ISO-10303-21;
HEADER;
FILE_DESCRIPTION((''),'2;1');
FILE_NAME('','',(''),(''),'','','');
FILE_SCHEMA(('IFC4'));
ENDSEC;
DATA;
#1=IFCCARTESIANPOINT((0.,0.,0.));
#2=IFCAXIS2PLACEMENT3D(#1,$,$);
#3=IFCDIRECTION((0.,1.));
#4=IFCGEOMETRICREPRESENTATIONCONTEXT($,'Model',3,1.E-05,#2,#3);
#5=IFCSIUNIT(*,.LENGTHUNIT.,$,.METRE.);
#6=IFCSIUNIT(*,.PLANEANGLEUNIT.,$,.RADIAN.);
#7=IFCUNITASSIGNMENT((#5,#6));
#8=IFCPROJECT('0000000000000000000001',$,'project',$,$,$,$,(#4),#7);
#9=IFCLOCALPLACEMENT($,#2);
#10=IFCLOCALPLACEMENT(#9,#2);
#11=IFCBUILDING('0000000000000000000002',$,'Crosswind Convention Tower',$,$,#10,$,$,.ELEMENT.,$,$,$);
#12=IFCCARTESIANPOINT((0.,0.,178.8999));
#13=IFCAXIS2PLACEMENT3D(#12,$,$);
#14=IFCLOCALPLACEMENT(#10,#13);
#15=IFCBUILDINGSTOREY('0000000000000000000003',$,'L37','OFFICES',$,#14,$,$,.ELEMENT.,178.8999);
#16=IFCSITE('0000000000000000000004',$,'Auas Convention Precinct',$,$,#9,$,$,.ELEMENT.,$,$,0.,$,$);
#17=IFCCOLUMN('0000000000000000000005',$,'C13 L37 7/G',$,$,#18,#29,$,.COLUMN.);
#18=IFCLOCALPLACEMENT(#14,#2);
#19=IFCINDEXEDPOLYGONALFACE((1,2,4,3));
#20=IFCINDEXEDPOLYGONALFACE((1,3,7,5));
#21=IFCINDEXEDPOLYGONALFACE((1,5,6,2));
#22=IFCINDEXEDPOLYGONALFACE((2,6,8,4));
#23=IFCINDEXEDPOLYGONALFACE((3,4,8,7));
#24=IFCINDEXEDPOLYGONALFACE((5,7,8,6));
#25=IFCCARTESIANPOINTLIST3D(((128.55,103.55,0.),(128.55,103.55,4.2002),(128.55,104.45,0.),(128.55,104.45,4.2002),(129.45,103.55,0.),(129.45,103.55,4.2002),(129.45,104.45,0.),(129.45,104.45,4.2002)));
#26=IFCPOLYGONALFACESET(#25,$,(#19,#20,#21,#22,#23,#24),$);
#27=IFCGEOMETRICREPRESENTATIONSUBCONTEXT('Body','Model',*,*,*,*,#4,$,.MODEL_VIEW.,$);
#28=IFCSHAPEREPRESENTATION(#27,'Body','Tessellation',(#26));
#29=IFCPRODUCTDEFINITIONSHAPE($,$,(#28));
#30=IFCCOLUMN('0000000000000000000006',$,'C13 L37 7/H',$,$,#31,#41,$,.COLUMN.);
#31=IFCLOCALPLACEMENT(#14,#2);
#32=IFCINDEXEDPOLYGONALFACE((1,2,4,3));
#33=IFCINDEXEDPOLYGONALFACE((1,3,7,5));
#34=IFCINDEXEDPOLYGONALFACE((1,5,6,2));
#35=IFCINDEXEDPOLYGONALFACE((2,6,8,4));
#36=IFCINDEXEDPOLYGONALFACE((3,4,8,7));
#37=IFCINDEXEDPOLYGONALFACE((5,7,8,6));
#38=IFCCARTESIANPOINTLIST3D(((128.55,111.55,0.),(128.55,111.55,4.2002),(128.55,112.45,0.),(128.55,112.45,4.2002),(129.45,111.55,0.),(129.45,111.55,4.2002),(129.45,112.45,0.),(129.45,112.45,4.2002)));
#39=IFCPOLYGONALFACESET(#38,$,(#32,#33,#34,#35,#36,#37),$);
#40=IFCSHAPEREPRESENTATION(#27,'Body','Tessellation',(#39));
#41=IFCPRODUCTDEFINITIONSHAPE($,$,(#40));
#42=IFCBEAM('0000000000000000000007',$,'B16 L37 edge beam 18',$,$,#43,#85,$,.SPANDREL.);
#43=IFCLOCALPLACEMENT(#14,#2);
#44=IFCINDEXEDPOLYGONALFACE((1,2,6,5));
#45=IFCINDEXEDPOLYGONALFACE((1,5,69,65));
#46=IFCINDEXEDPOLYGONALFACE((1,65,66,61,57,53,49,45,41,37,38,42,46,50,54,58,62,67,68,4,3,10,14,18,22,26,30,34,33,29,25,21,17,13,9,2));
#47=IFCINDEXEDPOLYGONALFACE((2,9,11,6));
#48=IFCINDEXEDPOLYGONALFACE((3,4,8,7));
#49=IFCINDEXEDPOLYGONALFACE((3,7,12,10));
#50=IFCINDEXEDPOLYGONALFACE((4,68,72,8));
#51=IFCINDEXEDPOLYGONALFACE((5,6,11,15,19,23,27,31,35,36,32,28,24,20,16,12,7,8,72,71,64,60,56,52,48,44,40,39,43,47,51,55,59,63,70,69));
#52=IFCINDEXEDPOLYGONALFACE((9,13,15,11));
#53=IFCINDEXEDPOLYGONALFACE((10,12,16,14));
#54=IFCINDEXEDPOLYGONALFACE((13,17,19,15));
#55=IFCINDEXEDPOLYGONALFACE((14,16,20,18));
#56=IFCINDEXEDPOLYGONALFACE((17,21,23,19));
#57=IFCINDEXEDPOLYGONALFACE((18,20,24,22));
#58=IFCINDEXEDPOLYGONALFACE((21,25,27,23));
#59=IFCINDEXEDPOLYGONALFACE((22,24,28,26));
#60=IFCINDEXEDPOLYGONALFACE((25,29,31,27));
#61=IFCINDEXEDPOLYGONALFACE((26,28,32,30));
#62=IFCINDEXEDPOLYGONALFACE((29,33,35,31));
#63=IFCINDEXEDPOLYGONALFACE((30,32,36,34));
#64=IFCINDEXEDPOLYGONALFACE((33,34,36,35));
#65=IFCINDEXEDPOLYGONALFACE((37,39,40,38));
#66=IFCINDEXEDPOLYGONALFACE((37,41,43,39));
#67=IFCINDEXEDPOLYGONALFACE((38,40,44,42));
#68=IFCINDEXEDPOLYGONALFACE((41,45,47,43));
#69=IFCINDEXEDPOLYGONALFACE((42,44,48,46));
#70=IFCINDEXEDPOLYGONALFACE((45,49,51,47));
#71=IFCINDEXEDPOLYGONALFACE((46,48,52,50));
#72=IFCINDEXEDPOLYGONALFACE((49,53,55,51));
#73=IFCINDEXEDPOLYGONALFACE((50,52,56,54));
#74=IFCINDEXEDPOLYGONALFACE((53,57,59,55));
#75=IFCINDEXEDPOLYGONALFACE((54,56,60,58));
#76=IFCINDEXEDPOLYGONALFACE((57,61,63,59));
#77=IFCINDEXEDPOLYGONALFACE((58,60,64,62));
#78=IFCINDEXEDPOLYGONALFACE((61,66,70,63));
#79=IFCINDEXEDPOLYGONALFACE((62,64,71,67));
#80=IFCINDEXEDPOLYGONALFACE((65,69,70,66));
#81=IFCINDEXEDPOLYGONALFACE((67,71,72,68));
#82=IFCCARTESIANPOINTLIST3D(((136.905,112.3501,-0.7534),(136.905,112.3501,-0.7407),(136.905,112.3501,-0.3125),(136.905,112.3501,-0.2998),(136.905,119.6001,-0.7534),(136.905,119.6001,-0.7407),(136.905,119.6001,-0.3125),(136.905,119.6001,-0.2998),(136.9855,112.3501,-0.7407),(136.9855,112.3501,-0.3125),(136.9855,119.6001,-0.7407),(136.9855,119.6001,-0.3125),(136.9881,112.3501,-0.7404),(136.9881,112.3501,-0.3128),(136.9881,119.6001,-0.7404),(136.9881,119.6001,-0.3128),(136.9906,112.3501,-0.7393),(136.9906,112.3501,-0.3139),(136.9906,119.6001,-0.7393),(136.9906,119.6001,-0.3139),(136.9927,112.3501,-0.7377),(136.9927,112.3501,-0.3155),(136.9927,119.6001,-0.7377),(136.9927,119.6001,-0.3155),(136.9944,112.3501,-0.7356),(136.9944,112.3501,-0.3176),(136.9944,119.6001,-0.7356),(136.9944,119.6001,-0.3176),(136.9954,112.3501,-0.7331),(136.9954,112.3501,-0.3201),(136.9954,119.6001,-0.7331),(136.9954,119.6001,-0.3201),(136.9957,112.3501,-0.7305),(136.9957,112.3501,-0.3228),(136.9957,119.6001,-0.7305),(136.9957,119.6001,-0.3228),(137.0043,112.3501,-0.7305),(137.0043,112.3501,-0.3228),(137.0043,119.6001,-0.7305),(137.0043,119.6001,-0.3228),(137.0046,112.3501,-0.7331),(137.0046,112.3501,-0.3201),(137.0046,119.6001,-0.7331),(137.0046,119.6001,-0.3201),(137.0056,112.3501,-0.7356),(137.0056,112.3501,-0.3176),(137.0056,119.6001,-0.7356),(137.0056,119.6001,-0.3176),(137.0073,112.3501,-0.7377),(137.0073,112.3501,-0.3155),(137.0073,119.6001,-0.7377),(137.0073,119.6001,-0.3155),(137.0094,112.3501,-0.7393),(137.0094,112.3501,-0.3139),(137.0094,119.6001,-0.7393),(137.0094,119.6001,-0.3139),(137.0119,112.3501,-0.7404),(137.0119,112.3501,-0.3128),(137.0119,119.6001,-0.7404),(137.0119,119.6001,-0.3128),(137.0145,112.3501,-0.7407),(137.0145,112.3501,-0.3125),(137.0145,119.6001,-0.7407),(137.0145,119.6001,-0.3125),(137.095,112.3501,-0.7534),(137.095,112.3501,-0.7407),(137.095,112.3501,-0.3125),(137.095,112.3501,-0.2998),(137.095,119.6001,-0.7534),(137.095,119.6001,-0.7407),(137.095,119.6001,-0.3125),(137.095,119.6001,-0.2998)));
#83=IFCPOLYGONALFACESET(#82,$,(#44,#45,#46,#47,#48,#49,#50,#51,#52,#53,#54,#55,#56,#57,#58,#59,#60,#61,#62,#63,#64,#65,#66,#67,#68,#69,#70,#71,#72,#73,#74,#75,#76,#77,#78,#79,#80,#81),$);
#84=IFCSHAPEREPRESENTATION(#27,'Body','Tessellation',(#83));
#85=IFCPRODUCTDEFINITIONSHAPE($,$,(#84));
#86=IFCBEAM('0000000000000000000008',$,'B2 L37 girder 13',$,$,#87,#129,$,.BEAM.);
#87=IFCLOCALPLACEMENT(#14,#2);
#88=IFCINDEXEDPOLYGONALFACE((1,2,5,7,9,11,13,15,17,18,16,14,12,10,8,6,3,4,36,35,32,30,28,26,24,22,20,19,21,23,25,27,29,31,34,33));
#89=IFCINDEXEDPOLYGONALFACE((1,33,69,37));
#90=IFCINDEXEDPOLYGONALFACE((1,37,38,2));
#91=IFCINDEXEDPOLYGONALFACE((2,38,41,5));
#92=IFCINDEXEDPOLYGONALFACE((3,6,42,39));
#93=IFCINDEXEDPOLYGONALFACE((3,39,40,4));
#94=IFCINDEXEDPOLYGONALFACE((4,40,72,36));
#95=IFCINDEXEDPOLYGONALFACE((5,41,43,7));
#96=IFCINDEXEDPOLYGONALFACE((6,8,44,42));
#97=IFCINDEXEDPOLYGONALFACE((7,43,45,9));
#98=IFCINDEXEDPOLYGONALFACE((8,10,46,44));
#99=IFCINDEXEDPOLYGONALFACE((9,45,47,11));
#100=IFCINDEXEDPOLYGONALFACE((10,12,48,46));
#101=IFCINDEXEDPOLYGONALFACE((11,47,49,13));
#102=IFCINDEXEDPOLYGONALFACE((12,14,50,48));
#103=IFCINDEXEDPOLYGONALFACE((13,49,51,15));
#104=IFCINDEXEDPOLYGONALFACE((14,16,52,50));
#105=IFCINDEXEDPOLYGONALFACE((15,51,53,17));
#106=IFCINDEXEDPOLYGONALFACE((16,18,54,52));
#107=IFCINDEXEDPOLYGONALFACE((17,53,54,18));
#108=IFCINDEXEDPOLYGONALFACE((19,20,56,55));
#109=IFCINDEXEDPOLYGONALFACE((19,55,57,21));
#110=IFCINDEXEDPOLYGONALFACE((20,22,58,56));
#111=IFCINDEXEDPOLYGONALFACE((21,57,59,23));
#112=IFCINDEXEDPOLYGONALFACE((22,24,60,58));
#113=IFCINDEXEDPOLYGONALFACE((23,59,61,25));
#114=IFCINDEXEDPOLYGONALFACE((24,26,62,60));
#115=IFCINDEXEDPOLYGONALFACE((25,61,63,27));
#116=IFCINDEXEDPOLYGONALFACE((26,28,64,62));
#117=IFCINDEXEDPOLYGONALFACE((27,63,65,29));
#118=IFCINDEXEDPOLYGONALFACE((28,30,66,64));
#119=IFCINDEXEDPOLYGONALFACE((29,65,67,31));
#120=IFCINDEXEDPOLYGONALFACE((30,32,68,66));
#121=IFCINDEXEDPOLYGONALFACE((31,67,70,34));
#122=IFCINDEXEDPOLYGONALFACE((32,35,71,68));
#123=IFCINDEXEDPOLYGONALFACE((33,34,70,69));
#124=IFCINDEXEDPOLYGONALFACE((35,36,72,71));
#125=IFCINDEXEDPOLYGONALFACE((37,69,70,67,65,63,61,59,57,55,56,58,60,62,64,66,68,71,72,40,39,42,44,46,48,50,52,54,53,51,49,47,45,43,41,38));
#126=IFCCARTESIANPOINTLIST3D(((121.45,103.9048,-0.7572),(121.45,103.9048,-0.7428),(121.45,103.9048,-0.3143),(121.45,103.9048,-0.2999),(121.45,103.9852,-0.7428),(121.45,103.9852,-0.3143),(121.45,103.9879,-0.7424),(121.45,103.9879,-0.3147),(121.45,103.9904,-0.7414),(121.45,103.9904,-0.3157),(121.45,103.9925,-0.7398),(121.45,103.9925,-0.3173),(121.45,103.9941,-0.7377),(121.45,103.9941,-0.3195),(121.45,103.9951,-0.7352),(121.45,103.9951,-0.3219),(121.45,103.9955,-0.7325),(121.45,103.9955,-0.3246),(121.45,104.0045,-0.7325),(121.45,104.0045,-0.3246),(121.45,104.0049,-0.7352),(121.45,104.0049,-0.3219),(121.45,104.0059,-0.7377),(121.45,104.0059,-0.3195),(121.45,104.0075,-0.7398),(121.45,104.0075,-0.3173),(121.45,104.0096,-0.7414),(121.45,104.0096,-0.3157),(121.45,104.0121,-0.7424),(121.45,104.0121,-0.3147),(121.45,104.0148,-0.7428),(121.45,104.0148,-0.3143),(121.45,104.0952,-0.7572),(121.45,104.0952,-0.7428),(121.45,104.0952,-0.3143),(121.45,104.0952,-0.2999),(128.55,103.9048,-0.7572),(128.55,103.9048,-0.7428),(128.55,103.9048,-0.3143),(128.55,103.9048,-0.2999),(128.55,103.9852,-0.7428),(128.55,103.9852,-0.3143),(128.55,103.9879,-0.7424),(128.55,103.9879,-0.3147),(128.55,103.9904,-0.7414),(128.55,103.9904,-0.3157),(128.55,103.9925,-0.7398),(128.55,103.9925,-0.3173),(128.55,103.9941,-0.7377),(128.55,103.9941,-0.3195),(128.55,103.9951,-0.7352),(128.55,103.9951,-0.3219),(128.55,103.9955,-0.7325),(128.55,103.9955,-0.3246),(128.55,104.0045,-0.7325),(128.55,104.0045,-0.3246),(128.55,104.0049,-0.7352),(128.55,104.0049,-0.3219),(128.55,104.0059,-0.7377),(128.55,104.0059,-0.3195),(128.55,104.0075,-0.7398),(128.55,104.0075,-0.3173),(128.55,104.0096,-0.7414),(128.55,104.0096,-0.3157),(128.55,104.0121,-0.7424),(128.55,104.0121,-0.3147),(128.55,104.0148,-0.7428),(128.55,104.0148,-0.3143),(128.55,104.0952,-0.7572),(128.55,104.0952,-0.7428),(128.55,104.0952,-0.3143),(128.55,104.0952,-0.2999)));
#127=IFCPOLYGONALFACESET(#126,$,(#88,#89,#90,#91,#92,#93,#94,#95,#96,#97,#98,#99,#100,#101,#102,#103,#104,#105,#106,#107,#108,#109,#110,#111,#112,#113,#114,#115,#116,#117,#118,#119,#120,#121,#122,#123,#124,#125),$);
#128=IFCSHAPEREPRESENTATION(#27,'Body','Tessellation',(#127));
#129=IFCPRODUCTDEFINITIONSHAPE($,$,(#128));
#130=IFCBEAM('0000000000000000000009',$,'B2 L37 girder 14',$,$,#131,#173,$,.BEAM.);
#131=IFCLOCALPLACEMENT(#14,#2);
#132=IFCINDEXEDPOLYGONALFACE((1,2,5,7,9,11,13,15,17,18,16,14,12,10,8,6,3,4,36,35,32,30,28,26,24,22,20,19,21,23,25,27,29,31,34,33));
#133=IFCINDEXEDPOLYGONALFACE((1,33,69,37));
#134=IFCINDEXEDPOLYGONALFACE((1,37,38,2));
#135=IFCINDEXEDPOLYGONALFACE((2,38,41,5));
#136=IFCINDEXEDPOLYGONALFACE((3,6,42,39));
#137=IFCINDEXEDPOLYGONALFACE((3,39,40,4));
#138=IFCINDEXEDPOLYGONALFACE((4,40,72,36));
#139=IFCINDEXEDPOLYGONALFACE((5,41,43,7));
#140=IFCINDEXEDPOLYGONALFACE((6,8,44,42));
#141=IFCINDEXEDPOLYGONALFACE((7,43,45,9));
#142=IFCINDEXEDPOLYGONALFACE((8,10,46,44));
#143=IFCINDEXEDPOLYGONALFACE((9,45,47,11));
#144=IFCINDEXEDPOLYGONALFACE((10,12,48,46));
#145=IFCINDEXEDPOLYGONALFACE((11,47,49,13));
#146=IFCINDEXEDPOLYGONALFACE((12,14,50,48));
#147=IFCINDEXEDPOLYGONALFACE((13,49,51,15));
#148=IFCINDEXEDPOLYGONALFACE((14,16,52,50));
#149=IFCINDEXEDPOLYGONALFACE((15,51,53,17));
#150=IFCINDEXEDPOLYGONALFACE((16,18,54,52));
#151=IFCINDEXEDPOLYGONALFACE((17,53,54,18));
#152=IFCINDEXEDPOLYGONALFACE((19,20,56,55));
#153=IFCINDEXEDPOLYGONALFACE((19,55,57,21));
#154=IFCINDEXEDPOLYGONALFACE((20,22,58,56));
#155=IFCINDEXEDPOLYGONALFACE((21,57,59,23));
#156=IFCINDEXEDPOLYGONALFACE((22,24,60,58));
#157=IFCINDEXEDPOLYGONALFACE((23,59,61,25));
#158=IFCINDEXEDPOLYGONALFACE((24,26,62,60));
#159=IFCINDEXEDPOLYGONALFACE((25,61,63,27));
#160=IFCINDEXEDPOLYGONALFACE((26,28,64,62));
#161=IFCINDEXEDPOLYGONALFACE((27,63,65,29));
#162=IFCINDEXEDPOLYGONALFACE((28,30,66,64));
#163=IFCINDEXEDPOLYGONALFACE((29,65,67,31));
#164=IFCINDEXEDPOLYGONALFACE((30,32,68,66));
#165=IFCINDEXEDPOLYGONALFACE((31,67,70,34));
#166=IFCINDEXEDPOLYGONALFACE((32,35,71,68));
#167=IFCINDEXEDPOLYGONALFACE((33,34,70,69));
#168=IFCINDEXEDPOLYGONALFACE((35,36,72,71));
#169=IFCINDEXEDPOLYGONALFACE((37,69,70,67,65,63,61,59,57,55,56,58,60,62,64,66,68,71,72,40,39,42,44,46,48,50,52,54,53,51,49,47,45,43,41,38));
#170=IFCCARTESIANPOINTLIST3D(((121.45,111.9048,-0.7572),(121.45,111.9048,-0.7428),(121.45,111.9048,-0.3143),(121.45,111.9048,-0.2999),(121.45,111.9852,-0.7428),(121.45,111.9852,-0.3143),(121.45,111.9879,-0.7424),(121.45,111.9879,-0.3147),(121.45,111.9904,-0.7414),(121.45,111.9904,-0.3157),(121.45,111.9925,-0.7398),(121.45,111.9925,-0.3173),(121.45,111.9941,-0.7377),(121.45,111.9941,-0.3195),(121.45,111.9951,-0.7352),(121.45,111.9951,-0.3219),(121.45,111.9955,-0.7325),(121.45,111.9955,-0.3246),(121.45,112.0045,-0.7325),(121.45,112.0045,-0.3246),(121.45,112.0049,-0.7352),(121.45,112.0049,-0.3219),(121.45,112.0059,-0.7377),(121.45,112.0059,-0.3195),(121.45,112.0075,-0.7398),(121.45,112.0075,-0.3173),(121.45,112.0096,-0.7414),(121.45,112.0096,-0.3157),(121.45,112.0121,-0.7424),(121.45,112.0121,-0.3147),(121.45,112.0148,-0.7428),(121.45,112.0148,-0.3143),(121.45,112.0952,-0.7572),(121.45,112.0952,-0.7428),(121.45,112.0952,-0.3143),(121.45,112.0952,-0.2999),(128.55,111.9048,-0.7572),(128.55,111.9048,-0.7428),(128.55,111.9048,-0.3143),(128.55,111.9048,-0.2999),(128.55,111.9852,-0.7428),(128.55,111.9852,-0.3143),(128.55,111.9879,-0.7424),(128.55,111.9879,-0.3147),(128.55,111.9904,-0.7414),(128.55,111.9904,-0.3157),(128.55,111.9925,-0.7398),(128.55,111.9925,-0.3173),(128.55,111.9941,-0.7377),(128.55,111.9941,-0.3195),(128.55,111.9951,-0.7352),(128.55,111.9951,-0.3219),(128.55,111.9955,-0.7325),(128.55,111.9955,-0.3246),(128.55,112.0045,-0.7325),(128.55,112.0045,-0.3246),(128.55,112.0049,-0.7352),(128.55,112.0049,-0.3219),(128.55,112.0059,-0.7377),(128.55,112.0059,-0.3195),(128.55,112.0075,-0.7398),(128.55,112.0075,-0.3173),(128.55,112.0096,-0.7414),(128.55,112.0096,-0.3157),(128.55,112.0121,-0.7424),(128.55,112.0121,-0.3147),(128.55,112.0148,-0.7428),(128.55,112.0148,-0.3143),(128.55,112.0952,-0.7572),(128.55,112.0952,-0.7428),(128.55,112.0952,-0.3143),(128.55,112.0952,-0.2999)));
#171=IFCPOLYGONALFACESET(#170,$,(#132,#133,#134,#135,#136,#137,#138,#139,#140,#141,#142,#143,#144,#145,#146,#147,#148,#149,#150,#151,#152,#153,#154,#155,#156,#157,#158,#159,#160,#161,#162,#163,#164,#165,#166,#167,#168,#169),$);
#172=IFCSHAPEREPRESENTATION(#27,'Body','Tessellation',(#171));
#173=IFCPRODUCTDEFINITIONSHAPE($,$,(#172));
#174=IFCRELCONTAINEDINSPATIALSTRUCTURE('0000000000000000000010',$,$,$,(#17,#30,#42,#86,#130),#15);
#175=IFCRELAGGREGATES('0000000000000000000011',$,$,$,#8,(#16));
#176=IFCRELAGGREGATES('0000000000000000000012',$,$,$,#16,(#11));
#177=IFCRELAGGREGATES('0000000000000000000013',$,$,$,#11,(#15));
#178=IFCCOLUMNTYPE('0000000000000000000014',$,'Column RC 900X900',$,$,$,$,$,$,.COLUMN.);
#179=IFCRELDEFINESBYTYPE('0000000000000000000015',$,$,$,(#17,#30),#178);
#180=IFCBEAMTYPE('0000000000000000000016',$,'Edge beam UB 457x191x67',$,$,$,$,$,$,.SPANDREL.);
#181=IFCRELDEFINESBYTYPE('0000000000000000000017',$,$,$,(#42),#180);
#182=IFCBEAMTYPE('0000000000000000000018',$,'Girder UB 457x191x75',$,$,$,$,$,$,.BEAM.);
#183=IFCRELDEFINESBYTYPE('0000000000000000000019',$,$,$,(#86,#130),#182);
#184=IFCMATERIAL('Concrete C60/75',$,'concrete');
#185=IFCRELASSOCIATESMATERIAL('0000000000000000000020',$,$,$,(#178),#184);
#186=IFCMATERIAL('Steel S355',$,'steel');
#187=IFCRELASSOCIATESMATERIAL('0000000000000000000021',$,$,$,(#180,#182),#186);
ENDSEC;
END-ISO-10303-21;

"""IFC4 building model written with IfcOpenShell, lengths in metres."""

from ifc_helpers import new_model, si_unit, direction, frame, origin, origin_2d, place, context, subcontext, project, spatial, rectangle, i_section, extrude, material, material_profile, profile_set, type_object, element, save


model = new_model("IFC4")

# Units and contexts
model_context = context("Model", 3, precision=1e-05, world=origin(), true_north=direction((0.0, 1.0)))
body_context = subcontext(model_context, "Body", "Model", "MODEL_VIEW")
ifc_project = project(units=[si_unit("LENGTHUNIT", "METRE"), si_unit("PLANEANGLEUNIT", "RADIAN")], contexts=[model_context])

# Site, building, storey
site_placement = place(None, origin())
site = spatial("IfcSite", under=ifc_project, at=site_placement, Name="Auas Convention Precinct", CompositionType="ELEMENT", RefElevation=0.0)
building_placement = place(site_placement, origin())
building = spatial("IfcBuilding", under=site, at=building_placement, Name="Crosswind Convention Tower", CompositionType="ELEMENT")
storey_placement = place(building_placement, frame((0.0, 0.0, 178.8999)))
storey = spatial("IfcBuildingStorey", under=building, at=storey_placement, Name="L37", Description="OFFICES", CompositionType="ELEMENT", Elevation=178.8999)

# Columns
ifc_material_1 = material(Name="Concrete C60/75", Category="concrete")
ifc_material_profile_1 = material_profile(ifc_material_1, rectangle(XDim=0.8999, YDim=0.8999, at=origin_2d()), Name="RC 900X900")
ifc_profile_set_1 = profile_set([ifc_material_profile_1], Name="Concrete C60/75")
column_type = type_object("IfcColumnType", Name="Column RC 900X900", PredefinedType="COLUMN", material=ifc_profile_set_1)
for number, where, z_axis, x_axis, name in (
    (1, (129.0, 104.0, 0.0), (0.0, 0.0, 1.0), (1.0, 0.0, 0.0), "C13 L37 7/G"),
    (2, (129.0, 112.0, 0.0), (0.0, 0.0, 1.0), (1.0, 0.0, 0.0), "C13 L37 7/H"),
):
    element("IfcColumn", number, at=place(storey_placement, frame(where, z_axis=z_axis, x_axis=x_axis)), inside=storey, type_object=column_type, Name=name, PredefinedType="COLUMN", context=body_context, shape_type="SweptSolid", body=[
        extrude(rectangle(XDim=0.8999, YDim=0.8999, at=origin_2d()), origin(), (0.0, 0.0, 1.0), 4.2002),
    ])

# Beams
ifc_material_2 = material(Name="Steel S355", Category="steel")
ifc_material_profile_2 = material_profile(ifc_material_2, i_section(OverallWidth=0.1899, OverallDepth=0.4536, WebThickness=0.0085, FlangeThickness=0.0127, FilletRadius=0.0103, at=origin_2d()), Name="UB 457x191x67")
ifc_profile_set_2 = profile_set([ifc_material_profile_2], Name="Steel S355")
beam_type_1 = type_object("IfcBeamType", Name="Edge beam UB 457x191x67", PredefinedType="SPANDREL", material=ifc_profile_set_2)
beam_1_placement = place(storey_placement, frame((137.0, 112.3501, -0.5266), z_axis=(0.0, 1.0, 0.0), x_axis=(-1.0, 0.0, 0.0)))
element("IfcBeam", 3, at=beam_1_placement, inside=storey, type_object=beam_type_1, Name="B16 L37 edge beam 18", PredefinedType="SPANDREL", context=body_context, shape_type="SweptSolid", body=[
    extrude(i_section(OverallWidth=0.1899, OverallDepth=0.4536, WebThickness=0.0085, FlangeThickness=0.0127, FilletRadius=0.0103, at=origin_2d()), origin(), (0.0, 0.0, 1.0), 7.25),
])
ifc_material_profile_3 = material_profile(ifc_material_2, i_section(OverallWidth=0.1904, OverallDepth=0.4573, WebThickness=0.009, FlangeThickness=0.0144, FilletRadius=0.0103, at=origin_2d()), Name="UB 457x191x75")
ifc_profile_set_3 = profile_set([ifc_material_profile_3], Name="Steel S355")
beam_type_2 = type_object("IfcBeamType", Name="Girder UB 457x191x75", PredefinedType="BEAM", material=ifc_profile_set_3)
for number, where, z_axis, x_axis, name in (
    (4, (121.45, 104.0, -0.5286), (1.0, 0.0, 0.0), (0.0, 1.0, 0.0), "B2 L37 girder 13"),
    (5, (121.45, 112.0, -0.5286), (1.0, 0.0, 0.0), (0.0, 1.0, 0.0), "B2 L37 girder 14"),
):
    element("IfcBeam", number, at=place(storey_placement, frame(where, z_axis=z_axis, x_axis=x_axis)), inside=storey, type_object=beam_type_2, Name=name, PredefinedType="BEAM", context=body_context, shape_type="SweptSolid", body=[
        extrude(i_section(OverallWidth=0.1904, OverallDepth=0.4573, WebThickness=0.009, FlangeThickness=0.0144, FilletRadius=0.0103, at=origin_2d()), origin(), (0.0, 0.0, 1.0), 7.1001),
    ])

save(model, "model.ifc")
